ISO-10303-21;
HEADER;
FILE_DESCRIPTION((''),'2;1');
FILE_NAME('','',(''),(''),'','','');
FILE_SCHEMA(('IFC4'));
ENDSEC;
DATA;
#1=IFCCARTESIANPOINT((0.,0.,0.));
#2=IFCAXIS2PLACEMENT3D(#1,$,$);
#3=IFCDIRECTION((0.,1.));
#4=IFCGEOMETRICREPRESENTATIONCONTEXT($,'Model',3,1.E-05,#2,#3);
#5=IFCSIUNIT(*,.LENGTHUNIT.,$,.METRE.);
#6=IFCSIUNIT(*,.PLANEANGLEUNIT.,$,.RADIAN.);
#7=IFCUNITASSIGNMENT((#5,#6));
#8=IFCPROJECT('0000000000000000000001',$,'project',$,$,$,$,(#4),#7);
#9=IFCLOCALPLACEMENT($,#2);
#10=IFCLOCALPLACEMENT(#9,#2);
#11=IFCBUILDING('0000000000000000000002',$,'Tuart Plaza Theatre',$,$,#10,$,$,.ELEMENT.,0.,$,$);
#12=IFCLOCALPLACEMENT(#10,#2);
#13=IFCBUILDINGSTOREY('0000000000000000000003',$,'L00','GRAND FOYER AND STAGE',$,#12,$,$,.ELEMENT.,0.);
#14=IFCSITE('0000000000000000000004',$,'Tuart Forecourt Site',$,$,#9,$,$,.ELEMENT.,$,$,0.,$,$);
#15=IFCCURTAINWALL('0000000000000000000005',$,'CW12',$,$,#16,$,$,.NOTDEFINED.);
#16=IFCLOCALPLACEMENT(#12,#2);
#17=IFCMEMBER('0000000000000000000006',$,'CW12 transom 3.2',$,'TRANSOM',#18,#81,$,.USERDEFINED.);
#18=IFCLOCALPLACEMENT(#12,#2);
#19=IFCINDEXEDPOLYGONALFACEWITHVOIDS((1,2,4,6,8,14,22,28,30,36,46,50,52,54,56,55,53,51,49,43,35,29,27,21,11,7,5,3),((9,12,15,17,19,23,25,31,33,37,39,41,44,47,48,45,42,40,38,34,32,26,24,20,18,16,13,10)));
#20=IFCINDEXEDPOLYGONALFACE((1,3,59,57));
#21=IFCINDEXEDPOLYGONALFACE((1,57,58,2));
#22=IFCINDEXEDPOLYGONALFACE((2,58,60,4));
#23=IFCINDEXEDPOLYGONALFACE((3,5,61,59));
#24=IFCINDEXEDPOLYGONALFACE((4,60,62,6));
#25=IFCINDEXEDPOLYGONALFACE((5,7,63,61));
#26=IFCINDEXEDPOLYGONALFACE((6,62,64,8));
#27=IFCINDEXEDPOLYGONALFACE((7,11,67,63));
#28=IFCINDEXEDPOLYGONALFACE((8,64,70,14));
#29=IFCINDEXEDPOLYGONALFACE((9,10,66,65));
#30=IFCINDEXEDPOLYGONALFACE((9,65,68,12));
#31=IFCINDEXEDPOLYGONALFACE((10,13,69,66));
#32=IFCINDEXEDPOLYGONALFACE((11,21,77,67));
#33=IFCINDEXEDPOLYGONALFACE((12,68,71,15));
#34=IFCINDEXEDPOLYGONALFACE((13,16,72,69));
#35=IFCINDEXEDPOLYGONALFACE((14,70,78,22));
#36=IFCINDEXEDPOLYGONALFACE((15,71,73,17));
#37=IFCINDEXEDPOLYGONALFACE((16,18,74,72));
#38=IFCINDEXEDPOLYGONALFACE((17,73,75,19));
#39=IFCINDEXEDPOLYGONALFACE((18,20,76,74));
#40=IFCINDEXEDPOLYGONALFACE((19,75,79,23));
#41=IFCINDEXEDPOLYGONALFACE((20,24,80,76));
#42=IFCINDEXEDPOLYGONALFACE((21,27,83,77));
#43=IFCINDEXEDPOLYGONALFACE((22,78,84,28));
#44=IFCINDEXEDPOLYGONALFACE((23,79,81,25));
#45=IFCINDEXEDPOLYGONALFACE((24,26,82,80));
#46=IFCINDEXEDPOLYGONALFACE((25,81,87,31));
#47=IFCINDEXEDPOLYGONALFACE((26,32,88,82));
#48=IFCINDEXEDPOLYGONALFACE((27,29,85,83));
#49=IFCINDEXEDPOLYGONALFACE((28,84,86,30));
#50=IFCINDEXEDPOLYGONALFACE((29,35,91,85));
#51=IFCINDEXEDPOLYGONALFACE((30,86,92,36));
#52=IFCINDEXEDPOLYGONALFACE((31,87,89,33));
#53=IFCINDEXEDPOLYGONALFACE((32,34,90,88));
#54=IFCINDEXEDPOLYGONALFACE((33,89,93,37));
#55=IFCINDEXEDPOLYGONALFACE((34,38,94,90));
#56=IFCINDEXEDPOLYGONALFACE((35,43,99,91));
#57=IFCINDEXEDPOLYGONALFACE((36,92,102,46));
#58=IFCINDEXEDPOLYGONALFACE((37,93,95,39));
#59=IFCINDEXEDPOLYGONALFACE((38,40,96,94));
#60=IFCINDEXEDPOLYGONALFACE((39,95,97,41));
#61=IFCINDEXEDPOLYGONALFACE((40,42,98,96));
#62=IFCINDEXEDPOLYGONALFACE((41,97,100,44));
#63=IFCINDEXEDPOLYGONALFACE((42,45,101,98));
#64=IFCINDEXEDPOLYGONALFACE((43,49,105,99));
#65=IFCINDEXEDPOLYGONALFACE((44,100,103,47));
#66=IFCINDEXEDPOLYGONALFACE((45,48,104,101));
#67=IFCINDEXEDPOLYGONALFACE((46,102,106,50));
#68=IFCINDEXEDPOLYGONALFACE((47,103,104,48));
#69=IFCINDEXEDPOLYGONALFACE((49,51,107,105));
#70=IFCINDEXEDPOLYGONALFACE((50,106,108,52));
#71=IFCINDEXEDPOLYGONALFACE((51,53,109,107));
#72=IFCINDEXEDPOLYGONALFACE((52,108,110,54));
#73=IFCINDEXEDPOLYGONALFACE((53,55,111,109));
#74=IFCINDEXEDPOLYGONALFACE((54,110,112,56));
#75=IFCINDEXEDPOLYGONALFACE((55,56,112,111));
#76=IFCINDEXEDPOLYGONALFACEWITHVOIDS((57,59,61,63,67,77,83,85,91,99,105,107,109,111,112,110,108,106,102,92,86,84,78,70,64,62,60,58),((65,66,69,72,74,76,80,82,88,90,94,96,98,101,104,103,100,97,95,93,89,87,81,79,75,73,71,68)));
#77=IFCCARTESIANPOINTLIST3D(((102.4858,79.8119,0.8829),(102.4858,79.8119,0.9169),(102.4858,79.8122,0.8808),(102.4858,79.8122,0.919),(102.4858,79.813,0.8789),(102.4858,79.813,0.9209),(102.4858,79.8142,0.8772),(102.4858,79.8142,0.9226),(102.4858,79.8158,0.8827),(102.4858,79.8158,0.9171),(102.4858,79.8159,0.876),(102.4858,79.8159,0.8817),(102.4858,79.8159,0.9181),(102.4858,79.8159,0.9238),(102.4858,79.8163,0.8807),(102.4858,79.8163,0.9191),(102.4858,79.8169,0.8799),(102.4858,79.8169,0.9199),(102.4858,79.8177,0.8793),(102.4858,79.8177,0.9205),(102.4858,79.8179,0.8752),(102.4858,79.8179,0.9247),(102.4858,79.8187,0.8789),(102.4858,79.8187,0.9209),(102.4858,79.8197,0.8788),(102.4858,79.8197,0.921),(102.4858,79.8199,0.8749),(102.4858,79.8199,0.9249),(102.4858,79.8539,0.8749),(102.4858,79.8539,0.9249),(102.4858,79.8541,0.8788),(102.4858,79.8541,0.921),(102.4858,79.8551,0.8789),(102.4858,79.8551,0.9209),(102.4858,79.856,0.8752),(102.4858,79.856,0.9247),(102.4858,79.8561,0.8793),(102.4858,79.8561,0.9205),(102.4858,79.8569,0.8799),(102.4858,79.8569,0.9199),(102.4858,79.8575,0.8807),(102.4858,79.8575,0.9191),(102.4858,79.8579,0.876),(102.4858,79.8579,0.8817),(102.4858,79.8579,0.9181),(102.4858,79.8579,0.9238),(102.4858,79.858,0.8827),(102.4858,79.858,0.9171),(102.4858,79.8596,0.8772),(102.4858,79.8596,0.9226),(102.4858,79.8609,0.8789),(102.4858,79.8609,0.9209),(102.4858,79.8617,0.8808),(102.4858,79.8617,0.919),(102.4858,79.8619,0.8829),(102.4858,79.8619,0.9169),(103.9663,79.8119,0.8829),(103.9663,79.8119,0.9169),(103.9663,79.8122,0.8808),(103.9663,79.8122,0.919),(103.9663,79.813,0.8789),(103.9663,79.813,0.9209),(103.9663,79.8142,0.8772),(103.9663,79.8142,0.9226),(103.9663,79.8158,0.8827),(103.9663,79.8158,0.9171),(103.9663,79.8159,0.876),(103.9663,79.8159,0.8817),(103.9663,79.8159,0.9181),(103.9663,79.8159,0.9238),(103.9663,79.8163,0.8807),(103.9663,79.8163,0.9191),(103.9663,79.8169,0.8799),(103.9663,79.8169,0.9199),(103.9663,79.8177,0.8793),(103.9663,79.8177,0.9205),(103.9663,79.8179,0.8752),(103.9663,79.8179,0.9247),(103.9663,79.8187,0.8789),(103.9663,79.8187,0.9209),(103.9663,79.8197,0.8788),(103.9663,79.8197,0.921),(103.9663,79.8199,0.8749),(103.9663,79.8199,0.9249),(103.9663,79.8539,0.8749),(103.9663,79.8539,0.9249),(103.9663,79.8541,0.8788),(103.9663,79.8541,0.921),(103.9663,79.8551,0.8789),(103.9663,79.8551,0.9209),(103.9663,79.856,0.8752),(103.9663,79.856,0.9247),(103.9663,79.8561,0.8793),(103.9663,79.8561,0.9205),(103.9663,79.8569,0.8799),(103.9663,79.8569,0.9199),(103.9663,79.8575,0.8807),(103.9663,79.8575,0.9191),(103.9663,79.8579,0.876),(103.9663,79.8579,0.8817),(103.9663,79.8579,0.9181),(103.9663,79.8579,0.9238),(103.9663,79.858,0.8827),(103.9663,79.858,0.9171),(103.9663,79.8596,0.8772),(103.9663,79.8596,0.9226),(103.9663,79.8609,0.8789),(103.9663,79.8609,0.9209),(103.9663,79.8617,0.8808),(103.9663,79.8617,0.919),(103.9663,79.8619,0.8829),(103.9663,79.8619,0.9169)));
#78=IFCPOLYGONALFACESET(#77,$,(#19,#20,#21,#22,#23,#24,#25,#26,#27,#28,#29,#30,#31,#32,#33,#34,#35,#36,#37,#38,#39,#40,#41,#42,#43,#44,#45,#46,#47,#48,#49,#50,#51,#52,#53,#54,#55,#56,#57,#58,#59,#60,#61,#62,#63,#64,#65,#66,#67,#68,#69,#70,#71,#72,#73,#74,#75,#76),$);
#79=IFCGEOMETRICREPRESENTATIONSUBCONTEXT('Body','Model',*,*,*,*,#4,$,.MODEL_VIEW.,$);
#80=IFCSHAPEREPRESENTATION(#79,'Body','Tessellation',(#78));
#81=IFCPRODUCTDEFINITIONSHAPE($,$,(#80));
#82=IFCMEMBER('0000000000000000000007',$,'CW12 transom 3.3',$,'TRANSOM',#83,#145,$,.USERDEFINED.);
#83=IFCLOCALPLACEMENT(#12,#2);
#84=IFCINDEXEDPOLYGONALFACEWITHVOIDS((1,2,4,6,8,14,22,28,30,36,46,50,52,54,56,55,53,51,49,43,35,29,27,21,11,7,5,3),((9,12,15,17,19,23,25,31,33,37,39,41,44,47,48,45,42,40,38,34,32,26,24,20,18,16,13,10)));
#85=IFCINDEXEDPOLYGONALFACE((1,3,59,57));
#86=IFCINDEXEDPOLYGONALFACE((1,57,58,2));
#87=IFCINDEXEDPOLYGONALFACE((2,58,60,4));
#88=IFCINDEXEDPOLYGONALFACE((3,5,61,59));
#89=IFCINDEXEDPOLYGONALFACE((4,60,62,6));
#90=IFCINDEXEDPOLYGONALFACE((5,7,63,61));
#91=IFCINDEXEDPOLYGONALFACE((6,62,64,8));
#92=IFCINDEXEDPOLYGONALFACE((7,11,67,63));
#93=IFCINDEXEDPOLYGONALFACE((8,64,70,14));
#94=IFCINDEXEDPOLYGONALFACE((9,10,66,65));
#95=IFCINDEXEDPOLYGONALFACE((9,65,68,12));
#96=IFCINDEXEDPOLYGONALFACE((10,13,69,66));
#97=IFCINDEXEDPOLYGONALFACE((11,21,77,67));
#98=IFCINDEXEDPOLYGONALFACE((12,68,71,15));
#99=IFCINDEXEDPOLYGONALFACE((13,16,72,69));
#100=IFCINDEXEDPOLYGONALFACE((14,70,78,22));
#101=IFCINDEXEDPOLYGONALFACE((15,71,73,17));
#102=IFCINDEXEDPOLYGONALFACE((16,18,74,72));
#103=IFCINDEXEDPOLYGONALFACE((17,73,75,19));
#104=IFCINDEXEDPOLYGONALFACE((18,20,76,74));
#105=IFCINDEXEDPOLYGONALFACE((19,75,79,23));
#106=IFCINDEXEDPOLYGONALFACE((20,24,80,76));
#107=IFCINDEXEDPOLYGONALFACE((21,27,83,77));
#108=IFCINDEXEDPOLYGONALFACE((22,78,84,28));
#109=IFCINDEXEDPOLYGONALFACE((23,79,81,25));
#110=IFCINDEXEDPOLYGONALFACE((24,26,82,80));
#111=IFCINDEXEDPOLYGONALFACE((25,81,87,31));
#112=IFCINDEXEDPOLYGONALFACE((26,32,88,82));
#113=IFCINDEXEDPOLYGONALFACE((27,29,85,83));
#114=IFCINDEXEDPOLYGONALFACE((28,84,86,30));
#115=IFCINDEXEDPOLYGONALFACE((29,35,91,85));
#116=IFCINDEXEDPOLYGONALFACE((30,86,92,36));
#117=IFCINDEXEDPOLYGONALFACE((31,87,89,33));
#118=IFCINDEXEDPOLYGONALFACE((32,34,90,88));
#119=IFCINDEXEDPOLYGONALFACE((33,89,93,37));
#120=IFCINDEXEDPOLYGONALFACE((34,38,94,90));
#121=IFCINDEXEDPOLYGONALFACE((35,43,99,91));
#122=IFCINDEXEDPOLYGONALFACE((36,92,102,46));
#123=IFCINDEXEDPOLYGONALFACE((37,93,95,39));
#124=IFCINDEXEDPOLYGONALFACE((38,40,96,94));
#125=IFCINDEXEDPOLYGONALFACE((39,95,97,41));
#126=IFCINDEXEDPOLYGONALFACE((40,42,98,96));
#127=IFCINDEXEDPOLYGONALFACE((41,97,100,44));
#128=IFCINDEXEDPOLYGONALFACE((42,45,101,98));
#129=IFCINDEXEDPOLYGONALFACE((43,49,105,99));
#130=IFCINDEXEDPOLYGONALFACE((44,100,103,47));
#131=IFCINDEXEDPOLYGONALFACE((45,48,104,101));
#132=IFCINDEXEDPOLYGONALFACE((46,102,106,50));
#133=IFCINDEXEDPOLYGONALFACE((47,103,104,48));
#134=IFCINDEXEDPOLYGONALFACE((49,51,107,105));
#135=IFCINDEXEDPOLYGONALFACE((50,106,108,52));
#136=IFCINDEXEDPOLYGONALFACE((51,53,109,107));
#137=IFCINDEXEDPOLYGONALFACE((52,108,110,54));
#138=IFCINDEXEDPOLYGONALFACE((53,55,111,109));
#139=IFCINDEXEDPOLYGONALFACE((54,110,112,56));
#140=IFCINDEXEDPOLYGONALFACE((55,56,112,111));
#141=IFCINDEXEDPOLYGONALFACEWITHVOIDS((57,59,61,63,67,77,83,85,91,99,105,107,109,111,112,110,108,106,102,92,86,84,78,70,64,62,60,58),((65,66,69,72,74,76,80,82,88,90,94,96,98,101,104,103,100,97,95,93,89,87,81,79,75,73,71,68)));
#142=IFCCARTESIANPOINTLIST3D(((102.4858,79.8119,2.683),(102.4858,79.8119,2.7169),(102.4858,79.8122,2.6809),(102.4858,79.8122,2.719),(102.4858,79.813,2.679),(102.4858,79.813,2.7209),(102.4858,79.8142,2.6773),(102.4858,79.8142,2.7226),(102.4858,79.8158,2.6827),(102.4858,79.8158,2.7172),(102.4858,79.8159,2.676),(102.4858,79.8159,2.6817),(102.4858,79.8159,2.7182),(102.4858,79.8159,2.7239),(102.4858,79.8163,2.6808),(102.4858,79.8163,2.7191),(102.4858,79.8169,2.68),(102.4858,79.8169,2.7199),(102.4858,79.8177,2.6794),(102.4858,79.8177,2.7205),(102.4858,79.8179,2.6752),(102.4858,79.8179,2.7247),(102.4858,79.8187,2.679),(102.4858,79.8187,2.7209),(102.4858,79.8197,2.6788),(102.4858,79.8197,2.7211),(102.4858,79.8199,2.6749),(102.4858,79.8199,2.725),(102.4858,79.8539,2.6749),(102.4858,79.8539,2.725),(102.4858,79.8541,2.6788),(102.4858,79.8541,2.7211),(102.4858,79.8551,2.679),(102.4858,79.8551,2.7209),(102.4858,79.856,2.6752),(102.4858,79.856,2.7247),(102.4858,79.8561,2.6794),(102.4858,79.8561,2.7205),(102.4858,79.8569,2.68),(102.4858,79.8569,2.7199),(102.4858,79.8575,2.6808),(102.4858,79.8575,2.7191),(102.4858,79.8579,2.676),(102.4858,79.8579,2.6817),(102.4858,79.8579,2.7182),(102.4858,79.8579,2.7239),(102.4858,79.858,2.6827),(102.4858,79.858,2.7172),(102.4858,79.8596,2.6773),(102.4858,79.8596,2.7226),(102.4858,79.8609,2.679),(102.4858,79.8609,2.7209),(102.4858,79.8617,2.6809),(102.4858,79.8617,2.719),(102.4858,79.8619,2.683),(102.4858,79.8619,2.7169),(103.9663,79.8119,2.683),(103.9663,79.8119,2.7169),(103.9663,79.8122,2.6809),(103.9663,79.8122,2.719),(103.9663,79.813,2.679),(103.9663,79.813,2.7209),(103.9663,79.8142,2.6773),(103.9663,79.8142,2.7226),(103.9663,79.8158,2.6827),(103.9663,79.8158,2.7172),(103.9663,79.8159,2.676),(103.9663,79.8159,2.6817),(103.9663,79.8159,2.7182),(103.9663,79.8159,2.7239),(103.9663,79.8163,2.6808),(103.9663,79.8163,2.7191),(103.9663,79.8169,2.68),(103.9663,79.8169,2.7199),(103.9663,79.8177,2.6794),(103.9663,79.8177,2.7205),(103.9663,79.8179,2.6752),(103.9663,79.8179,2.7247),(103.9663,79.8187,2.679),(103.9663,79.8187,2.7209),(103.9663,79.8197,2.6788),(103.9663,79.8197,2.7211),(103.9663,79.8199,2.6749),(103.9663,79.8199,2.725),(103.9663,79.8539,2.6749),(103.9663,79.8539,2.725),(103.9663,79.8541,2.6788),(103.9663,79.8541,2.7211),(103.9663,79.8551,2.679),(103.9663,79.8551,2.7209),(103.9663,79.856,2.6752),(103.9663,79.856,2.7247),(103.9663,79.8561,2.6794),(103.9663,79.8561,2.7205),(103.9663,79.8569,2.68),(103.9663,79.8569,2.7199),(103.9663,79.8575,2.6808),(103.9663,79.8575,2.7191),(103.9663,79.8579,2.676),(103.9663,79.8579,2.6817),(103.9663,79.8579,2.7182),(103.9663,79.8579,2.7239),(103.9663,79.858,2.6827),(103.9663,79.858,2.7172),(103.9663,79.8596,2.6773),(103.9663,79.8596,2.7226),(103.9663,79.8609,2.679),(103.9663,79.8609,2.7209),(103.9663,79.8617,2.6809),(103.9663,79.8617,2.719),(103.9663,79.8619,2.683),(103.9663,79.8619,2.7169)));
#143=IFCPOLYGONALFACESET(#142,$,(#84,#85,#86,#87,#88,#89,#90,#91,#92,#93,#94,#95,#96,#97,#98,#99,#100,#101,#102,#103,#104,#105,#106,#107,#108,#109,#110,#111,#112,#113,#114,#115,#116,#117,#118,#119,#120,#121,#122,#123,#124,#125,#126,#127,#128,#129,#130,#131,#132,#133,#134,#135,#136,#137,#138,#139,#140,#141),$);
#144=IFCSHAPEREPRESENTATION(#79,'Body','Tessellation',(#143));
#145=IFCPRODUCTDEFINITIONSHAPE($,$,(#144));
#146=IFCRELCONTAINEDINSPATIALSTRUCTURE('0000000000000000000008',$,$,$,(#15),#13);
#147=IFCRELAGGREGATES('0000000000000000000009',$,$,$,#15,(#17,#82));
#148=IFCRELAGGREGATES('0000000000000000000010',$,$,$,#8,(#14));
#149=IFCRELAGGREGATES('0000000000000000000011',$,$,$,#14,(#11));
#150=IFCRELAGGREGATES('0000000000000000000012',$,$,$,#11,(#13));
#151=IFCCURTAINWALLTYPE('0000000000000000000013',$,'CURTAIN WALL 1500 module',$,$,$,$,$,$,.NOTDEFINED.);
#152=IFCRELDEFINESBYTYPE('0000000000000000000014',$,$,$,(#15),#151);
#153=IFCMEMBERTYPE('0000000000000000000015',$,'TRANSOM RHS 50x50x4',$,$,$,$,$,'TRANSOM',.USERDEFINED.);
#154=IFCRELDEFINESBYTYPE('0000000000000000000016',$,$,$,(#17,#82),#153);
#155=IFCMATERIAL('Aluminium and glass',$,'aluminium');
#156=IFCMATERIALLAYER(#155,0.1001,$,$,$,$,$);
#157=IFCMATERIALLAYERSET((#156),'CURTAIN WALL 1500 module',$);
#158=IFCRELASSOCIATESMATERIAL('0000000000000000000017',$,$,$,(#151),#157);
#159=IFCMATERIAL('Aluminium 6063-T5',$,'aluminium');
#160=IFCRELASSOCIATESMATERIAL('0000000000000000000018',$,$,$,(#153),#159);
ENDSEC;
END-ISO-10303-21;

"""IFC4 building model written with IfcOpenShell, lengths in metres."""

from ifc_helpers import new_model, si_unit, direction, frame, origin, origin_2d, place, context, subcontext, project, spatial, hollow_rectangle, extrude, material, layer, layer_set, material_profile, profile_set, type_object, element, aggregate, save


model = new_model("IFC4")

# Units and contexts
model_context = context("Model", 3, precision=1e-05, world=origin(), true_north=direction((0.0, 1.0)))
body_context = subcontext(model_context, "Body", "Model", "MODEL_VIEW")
ifc_project = project(units=[si_unit("LENGTHUNIT", "METRE"), si_unit("PLANEANGLEUNIT", "RADIAN")], contexts=[model_context])

# Site, building, storey
site_placement = place(None, origin())
site = spatial("IfcSite", under=ifc_project, at=site_placement, Name="Tuart Forecourt Site", CompositionType="ELEMENT", RefElevation=0.0)
building_placement = place(site_placement, origin())
building = spatial("IfcBuilding", under=site, at=building_placement, Name="Tuart Plaza Theatre", CompositionType="ELEMENT", ElevationOfRefHeight=0.0)
storey_placement = place(building_placement, origin())
storey = spatial("IfcBuildingStorey", under=building, at=storey_placement, Name="L00", Description="GRAND FOYER AND STAGE", CompositionType="ELEMENT", Elevation=0.0)

# Curtain wall, members
ifc_material_1 = material(Name="Aluminium and glass", Category="aluminium")
ifc_layer_1 = layer(ifc_material_1, 0.1001)
ifc_layer_set_1 = layer_set([ifc_layer_1], Name="CURTAIN WALL 1500 module")
curtain_wall_type = type_object("IfcCurtainWallType", Name="CURTAIN WALL 1500 module", PredefinedType="NOTDEFINED", material=ifc_layer_set_1)
curtain_wall_placement = place(storey_placement, origin())
curtain_wall = element("IfcCurtainWall", 1, at=curtain_wall_placement, inside=storey, type_object=curtain_wall_type, Name="CW12", PredefinedType="NOTDEFINED")
ifc_material_2 = material(Name="Aluminium 6063-T5", Category="aluminium")
ifc_material_profile_1 = material_profile(ifc_material_2, hollow_rectangle(XDim=0.05, YDim=0.05, WallThickness=0.0039, InnerFilletRadius=0.0039, OuterFilletRadius=0.0081, at=origin_2d()), Name="RHS 50x50x4")
ifc_profile_set_1 = profile_set([ifc_material_profile_1], Name="Aluminium 6063-T5")
member_type_1 = type_object("IfcMemberType", Name="TRANSOM RHS 50x50x4", ElementType="TRANSOM", PredefinedType="USERDEFINED", material=ifc_profile_set_1)
member_1_placement = place(storey_placement, frame((102.4858, 79.8369, 0.8999), z_axis=(1.0, 0.0, 0.0), x_axis=(0.0, 1.0, 0.0)))
member_1 = element("IfcMember", 2, at=member_1_placement, type_object=member_type_1, Name="CW12 transom 3.2", ObjectType="TRANSOM", PredefinedType="USERDEFINED", context=body_context, shape_type="SweptSolid", body=[
    extrude(hollow_rectangle(XDim=0.05, YDim=0.05, WallThickness=0.0039, InnerFilletRadius=0.0039, OuterFilletRadius=0.0081, at=origin_2d()), origin(), (0.0, 0.0, 1.0), 1.4805),
])
member_2_placement = place(storey_placement, frame((102.4858, 79.8369, 2.7), z_axis=(1.0, 0.0, 0.0), x_axis=(0.0, 1.0, 0.0)))
member_2 = element("IfcMember", 3, at=member_2_placement, type_object=member_type_1, Name="CW12 transom 3.3", ObjectType="TRANSOM", PredefinedType="USERDEFINED", context=body_context, shape_type="SweptSolid", body=[
    extrude(hollow_rectangle(XDim=0.05, YDim=0.05, WallThickness=0.0039, InnerFilletRadius=0.0039, OuterFilletRadius=0.0081, at=origin_2d()), origin(), (0.0, 0.0, 1.0), 1.4805),
])
aggregate(curtain_wall, [member_1, member_2])

save(model, "model.ifc")
